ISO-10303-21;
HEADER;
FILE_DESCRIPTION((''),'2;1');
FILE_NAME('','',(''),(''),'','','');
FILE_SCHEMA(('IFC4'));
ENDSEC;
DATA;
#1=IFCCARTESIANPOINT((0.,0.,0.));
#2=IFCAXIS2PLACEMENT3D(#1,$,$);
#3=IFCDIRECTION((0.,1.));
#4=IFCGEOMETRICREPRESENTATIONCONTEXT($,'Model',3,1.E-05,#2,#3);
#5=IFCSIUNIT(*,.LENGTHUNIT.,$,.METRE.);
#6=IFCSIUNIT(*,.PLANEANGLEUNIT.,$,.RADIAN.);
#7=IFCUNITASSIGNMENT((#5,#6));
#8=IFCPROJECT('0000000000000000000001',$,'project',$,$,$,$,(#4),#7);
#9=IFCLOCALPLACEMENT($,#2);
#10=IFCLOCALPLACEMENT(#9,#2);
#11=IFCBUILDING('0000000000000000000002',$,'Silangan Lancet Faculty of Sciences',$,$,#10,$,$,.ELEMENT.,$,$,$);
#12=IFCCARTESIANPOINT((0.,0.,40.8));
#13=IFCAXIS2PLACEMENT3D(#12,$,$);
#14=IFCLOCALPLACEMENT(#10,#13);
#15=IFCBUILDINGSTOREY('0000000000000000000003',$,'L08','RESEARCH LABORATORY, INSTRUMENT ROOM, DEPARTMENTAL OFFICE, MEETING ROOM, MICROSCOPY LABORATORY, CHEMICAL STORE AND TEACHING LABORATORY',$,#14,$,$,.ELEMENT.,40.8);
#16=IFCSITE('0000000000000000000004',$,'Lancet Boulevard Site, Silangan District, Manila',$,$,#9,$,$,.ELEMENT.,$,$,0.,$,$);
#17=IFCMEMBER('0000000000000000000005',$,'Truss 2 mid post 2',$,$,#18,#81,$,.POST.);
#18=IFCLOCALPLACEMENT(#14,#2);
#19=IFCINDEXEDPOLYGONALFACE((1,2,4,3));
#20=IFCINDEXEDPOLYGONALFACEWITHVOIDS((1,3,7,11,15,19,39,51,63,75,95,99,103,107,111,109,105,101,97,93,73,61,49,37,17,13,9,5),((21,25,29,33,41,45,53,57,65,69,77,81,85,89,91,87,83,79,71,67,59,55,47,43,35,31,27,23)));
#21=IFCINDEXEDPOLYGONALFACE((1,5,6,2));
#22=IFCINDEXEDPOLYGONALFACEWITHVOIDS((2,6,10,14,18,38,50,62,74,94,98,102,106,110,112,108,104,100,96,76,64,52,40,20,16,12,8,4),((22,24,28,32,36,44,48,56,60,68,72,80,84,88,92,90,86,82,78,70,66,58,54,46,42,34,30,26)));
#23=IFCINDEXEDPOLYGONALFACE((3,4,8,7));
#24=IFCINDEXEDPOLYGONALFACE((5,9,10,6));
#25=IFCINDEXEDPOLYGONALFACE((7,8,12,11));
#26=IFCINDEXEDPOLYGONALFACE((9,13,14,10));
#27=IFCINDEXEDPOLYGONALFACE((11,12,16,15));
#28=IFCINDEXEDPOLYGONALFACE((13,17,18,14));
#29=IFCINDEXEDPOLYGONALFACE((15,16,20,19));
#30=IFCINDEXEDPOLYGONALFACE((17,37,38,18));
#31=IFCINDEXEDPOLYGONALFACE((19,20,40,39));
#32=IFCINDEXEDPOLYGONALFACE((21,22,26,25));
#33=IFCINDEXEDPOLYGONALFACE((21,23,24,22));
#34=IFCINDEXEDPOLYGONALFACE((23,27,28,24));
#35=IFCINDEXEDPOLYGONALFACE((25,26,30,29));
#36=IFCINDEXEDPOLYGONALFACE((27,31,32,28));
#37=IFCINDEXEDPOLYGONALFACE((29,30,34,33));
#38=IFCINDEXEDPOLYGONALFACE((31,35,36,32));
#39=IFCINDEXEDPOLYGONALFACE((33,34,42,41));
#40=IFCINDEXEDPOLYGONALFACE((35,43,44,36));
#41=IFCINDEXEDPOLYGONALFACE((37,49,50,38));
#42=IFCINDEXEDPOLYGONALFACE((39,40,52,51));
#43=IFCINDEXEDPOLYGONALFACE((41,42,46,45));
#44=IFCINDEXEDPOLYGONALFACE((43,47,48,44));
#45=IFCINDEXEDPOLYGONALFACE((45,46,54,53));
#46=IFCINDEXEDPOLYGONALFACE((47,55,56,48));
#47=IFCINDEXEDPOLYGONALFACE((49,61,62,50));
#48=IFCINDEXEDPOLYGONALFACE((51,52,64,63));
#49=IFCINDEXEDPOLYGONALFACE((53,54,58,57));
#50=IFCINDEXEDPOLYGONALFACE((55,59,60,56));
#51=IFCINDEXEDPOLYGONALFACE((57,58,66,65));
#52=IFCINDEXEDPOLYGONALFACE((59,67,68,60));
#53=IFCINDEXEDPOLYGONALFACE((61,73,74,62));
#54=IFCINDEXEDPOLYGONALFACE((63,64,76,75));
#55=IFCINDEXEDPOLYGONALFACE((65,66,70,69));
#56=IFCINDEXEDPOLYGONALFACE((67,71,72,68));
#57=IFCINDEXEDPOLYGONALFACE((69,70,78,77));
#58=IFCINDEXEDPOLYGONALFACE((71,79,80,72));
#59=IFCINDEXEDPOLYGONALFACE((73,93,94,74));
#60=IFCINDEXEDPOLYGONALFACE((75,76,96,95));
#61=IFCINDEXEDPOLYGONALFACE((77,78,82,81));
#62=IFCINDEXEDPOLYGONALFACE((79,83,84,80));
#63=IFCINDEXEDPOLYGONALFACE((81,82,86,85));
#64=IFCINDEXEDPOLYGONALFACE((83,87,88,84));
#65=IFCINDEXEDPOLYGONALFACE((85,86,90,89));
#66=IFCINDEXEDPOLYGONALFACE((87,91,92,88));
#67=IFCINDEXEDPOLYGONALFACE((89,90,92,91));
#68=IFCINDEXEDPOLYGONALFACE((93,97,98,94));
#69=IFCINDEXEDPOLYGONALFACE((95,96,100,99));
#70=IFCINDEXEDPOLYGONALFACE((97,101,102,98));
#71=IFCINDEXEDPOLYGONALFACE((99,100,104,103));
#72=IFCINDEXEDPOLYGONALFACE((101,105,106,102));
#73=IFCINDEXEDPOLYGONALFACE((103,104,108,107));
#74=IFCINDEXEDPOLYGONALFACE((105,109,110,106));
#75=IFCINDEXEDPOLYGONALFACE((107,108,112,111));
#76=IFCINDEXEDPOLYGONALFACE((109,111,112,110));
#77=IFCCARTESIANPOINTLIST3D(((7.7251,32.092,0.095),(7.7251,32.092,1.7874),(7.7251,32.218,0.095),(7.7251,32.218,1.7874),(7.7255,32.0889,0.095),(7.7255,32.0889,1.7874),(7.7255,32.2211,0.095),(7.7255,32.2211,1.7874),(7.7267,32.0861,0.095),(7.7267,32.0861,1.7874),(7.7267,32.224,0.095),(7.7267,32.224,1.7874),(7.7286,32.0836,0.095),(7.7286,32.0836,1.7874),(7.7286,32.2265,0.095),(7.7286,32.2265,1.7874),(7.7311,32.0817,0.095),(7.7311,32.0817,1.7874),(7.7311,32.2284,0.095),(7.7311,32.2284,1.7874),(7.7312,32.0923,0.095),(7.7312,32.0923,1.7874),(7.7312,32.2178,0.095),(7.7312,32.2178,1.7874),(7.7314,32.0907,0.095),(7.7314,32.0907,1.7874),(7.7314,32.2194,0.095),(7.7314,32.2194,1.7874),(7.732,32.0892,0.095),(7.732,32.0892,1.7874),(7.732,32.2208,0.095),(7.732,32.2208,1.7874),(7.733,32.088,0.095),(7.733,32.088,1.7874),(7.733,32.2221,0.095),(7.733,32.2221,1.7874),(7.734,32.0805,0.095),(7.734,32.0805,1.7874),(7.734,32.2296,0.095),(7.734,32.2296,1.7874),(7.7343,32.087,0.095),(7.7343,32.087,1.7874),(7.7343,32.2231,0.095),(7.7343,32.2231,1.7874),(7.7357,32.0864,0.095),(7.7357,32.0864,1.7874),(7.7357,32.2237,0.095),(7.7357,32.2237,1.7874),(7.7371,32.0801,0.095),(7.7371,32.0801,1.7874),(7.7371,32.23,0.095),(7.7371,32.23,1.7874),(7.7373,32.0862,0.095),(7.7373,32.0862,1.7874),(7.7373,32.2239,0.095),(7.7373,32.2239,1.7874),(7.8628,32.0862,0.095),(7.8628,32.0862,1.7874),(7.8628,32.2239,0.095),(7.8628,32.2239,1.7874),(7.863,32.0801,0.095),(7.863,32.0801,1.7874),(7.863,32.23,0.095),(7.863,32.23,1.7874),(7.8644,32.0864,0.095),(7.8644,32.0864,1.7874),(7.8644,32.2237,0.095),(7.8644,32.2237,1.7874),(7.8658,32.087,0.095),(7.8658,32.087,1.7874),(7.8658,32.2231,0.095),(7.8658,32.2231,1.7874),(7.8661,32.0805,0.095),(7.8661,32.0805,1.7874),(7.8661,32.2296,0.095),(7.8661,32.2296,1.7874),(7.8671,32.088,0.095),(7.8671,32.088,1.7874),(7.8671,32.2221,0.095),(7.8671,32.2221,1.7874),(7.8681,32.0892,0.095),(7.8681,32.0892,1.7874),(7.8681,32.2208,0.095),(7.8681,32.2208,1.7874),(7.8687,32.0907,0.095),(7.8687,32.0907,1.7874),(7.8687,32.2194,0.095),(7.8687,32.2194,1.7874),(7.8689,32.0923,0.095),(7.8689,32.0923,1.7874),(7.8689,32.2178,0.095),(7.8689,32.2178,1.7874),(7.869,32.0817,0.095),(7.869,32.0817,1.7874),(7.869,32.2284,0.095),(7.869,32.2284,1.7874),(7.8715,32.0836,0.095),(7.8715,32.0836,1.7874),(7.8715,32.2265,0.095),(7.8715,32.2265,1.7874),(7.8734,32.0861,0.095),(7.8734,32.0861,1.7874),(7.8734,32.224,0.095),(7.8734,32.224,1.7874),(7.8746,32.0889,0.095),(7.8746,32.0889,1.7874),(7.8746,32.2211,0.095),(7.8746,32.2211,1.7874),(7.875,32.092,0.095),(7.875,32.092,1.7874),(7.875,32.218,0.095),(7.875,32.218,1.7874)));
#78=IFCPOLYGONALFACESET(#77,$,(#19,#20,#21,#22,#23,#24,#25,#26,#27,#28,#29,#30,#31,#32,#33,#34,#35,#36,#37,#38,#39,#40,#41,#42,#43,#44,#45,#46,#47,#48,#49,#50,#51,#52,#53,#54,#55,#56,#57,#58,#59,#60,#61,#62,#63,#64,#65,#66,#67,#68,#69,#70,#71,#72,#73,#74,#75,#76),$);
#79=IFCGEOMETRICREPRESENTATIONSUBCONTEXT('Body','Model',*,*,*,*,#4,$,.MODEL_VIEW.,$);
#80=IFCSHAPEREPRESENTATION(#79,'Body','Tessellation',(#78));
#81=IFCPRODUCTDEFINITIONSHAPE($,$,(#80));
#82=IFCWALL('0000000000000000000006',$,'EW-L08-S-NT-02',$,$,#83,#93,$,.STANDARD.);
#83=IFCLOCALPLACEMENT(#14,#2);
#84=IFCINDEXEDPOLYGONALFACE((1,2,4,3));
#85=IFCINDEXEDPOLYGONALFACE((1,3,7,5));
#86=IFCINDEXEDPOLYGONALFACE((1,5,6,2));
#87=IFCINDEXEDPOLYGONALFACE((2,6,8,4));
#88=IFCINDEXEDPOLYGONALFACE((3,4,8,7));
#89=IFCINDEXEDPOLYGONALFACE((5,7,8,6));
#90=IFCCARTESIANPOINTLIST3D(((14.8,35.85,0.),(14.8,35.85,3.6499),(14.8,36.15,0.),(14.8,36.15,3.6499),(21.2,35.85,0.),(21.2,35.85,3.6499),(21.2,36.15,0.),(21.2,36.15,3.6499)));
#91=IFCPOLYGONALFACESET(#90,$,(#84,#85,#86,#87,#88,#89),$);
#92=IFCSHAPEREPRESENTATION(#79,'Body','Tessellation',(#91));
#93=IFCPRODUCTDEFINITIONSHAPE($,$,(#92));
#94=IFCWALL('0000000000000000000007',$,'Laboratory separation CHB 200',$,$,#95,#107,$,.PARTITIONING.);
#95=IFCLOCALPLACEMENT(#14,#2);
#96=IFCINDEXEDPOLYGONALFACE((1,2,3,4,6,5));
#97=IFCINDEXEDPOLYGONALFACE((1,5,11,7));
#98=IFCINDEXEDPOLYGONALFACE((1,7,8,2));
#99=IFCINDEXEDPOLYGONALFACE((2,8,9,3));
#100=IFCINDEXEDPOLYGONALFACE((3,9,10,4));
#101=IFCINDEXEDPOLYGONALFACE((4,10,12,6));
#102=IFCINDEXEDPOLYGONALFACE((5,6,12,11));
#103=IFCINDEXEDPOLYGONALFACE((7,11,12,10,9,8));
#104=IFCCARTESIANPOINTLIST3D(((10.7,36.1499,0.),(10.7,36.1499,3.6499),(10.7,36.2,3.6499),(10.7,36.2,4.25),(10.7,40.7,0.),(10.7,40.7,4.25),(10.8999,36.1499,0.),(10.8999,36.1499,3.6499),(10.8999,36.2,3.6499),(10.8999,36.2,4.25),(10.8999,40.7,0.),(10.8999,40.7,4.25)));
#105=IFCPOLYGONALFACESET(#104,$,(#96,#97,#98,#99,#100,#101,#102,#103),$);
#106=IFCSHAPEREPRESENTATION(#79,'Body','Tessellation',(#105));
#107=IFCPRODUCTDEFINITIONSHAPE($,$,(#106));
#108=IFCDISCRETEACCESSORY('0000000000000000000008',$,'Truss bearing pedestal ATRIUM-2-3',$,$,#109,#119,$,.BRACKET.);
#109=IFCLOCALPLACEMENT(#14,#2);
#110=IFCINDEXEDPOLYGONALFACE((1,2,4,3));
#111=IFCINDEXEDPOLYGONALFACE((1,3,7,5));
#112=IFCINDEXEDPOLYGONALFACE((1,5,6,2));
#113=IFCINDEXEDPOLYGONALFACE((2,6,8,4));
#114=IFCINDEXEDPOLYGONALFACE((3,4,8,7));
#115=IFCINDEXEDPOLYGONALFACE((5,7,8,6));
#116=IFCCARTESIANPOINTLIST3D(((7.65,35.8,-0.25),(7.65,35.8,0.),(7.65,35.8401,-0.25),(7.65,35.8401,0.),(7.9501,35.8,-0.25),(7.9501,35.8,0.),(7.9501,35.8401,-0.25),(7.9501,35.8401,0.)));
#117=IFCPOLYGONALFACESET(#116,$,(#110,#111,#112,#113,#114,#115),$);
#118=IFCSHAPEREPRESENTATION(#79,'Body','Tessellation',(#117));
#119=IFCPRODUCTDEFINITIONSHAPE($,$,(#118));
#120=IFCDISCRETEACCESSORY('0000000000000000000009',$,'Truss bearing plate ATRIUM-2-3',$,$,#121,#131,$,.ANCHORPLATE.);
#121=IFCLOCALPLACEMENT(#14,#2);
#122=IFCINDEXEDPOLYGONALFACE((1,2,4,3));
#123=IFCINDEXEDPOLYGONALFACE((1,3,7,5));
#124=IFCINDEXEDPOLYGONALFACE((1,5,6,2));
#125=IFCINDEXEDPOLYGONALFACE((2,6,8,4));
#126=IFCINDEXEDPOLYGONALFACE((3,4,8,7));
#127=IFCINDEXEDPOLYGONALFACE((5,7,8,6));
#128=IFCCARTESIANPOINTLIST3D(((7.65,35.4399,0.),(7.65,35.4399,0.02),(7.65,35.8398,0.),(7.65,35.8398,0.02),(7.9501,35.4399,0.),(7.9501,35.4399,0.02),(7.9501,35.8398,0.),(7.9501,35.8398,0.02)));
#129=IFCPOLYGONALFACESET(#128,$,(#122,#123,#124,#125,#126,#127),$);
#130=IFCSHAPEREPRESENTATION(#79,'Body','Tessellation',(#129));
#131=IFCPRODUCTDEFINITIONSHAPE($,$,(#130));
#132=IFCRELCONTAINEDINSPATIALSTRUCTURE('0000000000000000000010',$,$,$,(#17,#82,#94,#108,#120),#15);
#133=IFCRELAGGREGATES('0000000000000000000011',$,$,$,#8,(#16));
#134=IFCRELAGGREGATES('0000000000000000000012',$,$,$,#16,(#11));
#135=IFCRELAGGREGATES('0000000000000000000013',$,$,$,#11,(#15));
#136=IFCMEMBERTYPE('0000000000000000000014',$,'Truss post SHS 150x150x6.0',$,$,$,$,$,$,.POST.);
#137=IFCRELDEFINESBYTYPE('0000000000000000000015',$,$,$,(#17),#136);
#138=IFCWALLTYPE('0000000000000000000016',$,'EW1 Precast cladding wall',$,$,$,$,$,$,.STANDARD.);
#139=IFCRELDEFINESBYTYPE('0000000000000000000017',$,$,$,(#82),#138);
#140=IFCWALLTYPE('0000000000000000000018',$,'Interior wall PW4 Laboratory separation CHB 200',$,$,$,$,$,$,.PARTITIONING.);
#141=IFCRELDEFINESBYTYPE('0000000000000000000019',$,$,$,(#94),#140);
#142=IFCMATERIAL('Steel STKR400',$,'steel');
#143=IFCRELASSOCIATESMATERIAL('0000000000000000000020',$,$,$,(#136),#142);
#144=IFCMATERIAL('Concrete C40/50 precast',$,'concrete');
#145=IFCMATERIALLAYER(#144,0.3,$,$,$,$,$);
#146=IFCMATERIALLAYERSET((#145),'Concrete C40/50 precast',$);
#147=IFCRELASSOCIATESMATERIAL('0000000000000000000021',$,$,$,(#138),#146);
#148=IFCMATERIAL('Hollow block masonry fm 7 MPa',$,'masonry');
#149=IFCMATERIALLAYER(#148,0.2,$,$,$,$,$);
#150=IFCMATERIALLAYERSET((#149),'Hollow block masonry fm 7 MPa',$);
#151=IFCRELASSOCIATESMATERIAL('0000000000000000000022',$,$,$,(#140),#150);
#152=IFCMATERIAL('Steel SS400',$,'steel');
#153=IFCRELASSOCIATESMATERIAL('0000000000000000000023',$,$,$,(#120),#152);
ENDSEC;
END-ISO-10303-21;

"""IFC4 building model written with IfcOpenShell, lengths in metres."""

from ifc_helpers import new_model, si_unit, direction, frame, frame_2d, origin, origin_2d, place, context, subcontext, project, spatial, polyline, rectangle, hollow_rectangle, outline, extrude, material, layer, layer_set, material_profile, profile_set, type_object, element, save


model = new_model("IFC4")

# Units and contexts
model_context = context("Model", 3, precision=1e-05, world=origin(), true_north=direction((0.0, 1.0)))
body_context = subcontext(model_context, "Body", "Model", "MODEL_VIEW")
ifc_project = project(units=[si_unit("LENGTHUNIT", "METRE"), si_unit("PLANEANGLEUNIT", "RADIAN")], contexts=[model_context])

# Site, building, storey
site_placement = place(None, origin())
site = spatial("IfcSite", under=ifc_project, at=site_placement, Name="Lancet Boulevard Site, Silangan District, Manila", CompositionType="ELEMENT", RefElevation=0.0)
building_placement = place(site_placement, origin())
building = spatial("IfcBuilding", under=site, at=building_placement, Name="Silangan Lancet Faculty of Sciences", CompositionType="ELEMENT")
storey_placement = place(building_placement, frame((0.0, 0.0, 40.8)))
storey = spatial("IfcBuildingStorey", under=building, at=storey_placement, Name="L08", Description="RESEARCH LABORATORY, INSTRUMENT ROOM, DEPARTMENTAL OFFICE, MEETING ROOM, MICROSCOPY LABORATORY, CHEMICAL STORE AND TEACHING LABORATORY", CompositionType="ELEMENT", Elevation=40.8)

# Member
ifc_material_1 = material(Name="Steel STKR400", Category="steel")
ifc_material_profile_1 = material_profile(ifc_material_1, hollow_rectangle(XDim=0.1499, YDim=0.1499, WallThickness=0.0061, InnerFilletRadius=0.0061, OuterFilletRadius=0.012, at=origin_2d()), Name="SHS 150x150x6.0")
ifc_profile_set_1 = profile_set([ifc_material_profile_1], Name="Steel STKR400")
member_type_1 = type_object("IfcMemberType", Name="Truss post SHS 150x150x6.0", PredefinedType="POST", material=ifc_profile_set_1)
member_1_placement = place(storey_placement, frame((7.8, 32.155, 0.095), z_axis=(0.0, 0.0, 1.0), x_axis=(1.0, 0.0, 0.0)))
element("IfcMember", 1, at=member_1_placement, inside=storey, type_object=member_type_1, Name="Truss 2 mid post 2", PredefinedType="POST", context=body_context, shape_type="SweptSolid", body=[
    extrude(hollow_rectangle(XDim=0.1499, YDim=0.1499, WallThickness=0.0061, InnerFilletRadius=0.0061, OuterFilletRadius=0.012, at=origin_2d()), origin(), (0.0, 0.0, 1.0), 1.6924),
])

# Walls
ifc_material_2 = material(Name="Concrete C40/50 precast", Category="concrete")
ifc_layer_1 = layer(ifc_material_2, 0.3)
ifc_layer_set_1 = layer_set([ifc_layer_1], Name="Concrete C40/50 precast")
wall_type_1 = type_object("IfcWallType", Name="EW1 Precast cladding wall", PredefinedType="STANDARD", material=ifc_layer_set_1)
wall_1_placement = place(storey_placement, frame((14.8, 36.0, 0.0), z_axis=(0.0, 0.0, 1.0), x_axis=(1.0, 0.0, 0.0)))
element("IfcWall", 2, at=wall_1_placement, inside=storey, type_object=wall_type_1, Name="EW-L08-S-NT-02", PredefinedType="STANDARD", context=body_context, shape_type="SweptSolid", body=[
    extrude(rectangle(XDim=6.3999, YDim=0.3, at=frame_2d((3.2, 0.0))), origin(), (0.0, 0.0, 1.0), 3.6499),
])
ifc_material_3 = material(Name="Hollow block masonry fm 7 MPa", Category="masonry")
ifc_layer_2 = layer(ifc_material_3, 0.2)
ifc_layer_set_2 = layer_set([ifc_layer_2], Name="Hollow block masonry fm 7 MPa")
wall_type_2 = type_object("IfcWallType", Name="Interior wall PW4 Laboratory separation CHB 200", PredefinedType="PARTITIONING", material=ifc_layer_set_2)
wall_2_placement = place(storey_placement, frame((10.8, 36.1499, 0.0), z_axis=(0.0, 0.0, 1.0), x_axis=(0.0, 1.0, 0.0)))
element("IfcWall", 3, at=wall_2_placement, inside=storey, type_object=wall_type_2, Name="Laboratory separation CHB 200", PredefinedType="PARTITIONING", context=body_context, shape_type="SweptSolid", body=[
    extrude(outline(polyline([(0.0, 0.0), (4.55, 0.0), (4.55, 4.25), (0.05, 4.25), (0.05, 3.6499), (0.0, 3.6499), (0.0, 0.0)])), frame((0.0, 0.1001, 0.0), z_axis=(0.0, -1.0, 0.0), x_axis=(1.0, 0.0, 0.0)), (0.0, 0.0, 1.0), 0.2),
])

# Discrete accessories
discrete_accessory_1_placement = place(storey_placement, frame((7.8, 35.8201, -0.25), z_axis=(0.0, 0.0, 1.0), x_axis=(1.0, 0.0, 0.0)))
element("IfcDiscreteAccessory", 4, at=discrete_accessory_1_placement, inside=storey, Name="Truss bearing pedestal ATRIUM-2-3", PredefinedType="BRACKET", context=body_context, shape_type="SweptSolid", body=[
    extrude(rectangle(XDim=0.3, YDim=0.04, at=origin_2d()), origin(), (0.0, 0.0, 1.0), 0.25),
])
ifc_material_4 = material(Name="Steel SS400", Category="steel")
discrete_accessory_2_placement = place(storey_placement, frame((7.8, 35.6399, 0.0), z_axis=(0.0, 0.0, 1.0), x_axis=(1.0, 0.0, 0.0)))
element("IfcDiscreteAccessory", 5, at=discrete_accessory_2_placement, inside=storey, material=ifc_material_4, Name="Truss bearing plate ATRIUM-2-3", PredefinedType="ANCHORPLATE", context=body_context, shape_type="SweptSolid", body=[
    extrude(rectangle(XDim=0.3, YDim=0.3999, at=origin_2d()), origin(), (0.0, 0.0, 1.0), 0.02),
])

save(model, "model.ifc")
